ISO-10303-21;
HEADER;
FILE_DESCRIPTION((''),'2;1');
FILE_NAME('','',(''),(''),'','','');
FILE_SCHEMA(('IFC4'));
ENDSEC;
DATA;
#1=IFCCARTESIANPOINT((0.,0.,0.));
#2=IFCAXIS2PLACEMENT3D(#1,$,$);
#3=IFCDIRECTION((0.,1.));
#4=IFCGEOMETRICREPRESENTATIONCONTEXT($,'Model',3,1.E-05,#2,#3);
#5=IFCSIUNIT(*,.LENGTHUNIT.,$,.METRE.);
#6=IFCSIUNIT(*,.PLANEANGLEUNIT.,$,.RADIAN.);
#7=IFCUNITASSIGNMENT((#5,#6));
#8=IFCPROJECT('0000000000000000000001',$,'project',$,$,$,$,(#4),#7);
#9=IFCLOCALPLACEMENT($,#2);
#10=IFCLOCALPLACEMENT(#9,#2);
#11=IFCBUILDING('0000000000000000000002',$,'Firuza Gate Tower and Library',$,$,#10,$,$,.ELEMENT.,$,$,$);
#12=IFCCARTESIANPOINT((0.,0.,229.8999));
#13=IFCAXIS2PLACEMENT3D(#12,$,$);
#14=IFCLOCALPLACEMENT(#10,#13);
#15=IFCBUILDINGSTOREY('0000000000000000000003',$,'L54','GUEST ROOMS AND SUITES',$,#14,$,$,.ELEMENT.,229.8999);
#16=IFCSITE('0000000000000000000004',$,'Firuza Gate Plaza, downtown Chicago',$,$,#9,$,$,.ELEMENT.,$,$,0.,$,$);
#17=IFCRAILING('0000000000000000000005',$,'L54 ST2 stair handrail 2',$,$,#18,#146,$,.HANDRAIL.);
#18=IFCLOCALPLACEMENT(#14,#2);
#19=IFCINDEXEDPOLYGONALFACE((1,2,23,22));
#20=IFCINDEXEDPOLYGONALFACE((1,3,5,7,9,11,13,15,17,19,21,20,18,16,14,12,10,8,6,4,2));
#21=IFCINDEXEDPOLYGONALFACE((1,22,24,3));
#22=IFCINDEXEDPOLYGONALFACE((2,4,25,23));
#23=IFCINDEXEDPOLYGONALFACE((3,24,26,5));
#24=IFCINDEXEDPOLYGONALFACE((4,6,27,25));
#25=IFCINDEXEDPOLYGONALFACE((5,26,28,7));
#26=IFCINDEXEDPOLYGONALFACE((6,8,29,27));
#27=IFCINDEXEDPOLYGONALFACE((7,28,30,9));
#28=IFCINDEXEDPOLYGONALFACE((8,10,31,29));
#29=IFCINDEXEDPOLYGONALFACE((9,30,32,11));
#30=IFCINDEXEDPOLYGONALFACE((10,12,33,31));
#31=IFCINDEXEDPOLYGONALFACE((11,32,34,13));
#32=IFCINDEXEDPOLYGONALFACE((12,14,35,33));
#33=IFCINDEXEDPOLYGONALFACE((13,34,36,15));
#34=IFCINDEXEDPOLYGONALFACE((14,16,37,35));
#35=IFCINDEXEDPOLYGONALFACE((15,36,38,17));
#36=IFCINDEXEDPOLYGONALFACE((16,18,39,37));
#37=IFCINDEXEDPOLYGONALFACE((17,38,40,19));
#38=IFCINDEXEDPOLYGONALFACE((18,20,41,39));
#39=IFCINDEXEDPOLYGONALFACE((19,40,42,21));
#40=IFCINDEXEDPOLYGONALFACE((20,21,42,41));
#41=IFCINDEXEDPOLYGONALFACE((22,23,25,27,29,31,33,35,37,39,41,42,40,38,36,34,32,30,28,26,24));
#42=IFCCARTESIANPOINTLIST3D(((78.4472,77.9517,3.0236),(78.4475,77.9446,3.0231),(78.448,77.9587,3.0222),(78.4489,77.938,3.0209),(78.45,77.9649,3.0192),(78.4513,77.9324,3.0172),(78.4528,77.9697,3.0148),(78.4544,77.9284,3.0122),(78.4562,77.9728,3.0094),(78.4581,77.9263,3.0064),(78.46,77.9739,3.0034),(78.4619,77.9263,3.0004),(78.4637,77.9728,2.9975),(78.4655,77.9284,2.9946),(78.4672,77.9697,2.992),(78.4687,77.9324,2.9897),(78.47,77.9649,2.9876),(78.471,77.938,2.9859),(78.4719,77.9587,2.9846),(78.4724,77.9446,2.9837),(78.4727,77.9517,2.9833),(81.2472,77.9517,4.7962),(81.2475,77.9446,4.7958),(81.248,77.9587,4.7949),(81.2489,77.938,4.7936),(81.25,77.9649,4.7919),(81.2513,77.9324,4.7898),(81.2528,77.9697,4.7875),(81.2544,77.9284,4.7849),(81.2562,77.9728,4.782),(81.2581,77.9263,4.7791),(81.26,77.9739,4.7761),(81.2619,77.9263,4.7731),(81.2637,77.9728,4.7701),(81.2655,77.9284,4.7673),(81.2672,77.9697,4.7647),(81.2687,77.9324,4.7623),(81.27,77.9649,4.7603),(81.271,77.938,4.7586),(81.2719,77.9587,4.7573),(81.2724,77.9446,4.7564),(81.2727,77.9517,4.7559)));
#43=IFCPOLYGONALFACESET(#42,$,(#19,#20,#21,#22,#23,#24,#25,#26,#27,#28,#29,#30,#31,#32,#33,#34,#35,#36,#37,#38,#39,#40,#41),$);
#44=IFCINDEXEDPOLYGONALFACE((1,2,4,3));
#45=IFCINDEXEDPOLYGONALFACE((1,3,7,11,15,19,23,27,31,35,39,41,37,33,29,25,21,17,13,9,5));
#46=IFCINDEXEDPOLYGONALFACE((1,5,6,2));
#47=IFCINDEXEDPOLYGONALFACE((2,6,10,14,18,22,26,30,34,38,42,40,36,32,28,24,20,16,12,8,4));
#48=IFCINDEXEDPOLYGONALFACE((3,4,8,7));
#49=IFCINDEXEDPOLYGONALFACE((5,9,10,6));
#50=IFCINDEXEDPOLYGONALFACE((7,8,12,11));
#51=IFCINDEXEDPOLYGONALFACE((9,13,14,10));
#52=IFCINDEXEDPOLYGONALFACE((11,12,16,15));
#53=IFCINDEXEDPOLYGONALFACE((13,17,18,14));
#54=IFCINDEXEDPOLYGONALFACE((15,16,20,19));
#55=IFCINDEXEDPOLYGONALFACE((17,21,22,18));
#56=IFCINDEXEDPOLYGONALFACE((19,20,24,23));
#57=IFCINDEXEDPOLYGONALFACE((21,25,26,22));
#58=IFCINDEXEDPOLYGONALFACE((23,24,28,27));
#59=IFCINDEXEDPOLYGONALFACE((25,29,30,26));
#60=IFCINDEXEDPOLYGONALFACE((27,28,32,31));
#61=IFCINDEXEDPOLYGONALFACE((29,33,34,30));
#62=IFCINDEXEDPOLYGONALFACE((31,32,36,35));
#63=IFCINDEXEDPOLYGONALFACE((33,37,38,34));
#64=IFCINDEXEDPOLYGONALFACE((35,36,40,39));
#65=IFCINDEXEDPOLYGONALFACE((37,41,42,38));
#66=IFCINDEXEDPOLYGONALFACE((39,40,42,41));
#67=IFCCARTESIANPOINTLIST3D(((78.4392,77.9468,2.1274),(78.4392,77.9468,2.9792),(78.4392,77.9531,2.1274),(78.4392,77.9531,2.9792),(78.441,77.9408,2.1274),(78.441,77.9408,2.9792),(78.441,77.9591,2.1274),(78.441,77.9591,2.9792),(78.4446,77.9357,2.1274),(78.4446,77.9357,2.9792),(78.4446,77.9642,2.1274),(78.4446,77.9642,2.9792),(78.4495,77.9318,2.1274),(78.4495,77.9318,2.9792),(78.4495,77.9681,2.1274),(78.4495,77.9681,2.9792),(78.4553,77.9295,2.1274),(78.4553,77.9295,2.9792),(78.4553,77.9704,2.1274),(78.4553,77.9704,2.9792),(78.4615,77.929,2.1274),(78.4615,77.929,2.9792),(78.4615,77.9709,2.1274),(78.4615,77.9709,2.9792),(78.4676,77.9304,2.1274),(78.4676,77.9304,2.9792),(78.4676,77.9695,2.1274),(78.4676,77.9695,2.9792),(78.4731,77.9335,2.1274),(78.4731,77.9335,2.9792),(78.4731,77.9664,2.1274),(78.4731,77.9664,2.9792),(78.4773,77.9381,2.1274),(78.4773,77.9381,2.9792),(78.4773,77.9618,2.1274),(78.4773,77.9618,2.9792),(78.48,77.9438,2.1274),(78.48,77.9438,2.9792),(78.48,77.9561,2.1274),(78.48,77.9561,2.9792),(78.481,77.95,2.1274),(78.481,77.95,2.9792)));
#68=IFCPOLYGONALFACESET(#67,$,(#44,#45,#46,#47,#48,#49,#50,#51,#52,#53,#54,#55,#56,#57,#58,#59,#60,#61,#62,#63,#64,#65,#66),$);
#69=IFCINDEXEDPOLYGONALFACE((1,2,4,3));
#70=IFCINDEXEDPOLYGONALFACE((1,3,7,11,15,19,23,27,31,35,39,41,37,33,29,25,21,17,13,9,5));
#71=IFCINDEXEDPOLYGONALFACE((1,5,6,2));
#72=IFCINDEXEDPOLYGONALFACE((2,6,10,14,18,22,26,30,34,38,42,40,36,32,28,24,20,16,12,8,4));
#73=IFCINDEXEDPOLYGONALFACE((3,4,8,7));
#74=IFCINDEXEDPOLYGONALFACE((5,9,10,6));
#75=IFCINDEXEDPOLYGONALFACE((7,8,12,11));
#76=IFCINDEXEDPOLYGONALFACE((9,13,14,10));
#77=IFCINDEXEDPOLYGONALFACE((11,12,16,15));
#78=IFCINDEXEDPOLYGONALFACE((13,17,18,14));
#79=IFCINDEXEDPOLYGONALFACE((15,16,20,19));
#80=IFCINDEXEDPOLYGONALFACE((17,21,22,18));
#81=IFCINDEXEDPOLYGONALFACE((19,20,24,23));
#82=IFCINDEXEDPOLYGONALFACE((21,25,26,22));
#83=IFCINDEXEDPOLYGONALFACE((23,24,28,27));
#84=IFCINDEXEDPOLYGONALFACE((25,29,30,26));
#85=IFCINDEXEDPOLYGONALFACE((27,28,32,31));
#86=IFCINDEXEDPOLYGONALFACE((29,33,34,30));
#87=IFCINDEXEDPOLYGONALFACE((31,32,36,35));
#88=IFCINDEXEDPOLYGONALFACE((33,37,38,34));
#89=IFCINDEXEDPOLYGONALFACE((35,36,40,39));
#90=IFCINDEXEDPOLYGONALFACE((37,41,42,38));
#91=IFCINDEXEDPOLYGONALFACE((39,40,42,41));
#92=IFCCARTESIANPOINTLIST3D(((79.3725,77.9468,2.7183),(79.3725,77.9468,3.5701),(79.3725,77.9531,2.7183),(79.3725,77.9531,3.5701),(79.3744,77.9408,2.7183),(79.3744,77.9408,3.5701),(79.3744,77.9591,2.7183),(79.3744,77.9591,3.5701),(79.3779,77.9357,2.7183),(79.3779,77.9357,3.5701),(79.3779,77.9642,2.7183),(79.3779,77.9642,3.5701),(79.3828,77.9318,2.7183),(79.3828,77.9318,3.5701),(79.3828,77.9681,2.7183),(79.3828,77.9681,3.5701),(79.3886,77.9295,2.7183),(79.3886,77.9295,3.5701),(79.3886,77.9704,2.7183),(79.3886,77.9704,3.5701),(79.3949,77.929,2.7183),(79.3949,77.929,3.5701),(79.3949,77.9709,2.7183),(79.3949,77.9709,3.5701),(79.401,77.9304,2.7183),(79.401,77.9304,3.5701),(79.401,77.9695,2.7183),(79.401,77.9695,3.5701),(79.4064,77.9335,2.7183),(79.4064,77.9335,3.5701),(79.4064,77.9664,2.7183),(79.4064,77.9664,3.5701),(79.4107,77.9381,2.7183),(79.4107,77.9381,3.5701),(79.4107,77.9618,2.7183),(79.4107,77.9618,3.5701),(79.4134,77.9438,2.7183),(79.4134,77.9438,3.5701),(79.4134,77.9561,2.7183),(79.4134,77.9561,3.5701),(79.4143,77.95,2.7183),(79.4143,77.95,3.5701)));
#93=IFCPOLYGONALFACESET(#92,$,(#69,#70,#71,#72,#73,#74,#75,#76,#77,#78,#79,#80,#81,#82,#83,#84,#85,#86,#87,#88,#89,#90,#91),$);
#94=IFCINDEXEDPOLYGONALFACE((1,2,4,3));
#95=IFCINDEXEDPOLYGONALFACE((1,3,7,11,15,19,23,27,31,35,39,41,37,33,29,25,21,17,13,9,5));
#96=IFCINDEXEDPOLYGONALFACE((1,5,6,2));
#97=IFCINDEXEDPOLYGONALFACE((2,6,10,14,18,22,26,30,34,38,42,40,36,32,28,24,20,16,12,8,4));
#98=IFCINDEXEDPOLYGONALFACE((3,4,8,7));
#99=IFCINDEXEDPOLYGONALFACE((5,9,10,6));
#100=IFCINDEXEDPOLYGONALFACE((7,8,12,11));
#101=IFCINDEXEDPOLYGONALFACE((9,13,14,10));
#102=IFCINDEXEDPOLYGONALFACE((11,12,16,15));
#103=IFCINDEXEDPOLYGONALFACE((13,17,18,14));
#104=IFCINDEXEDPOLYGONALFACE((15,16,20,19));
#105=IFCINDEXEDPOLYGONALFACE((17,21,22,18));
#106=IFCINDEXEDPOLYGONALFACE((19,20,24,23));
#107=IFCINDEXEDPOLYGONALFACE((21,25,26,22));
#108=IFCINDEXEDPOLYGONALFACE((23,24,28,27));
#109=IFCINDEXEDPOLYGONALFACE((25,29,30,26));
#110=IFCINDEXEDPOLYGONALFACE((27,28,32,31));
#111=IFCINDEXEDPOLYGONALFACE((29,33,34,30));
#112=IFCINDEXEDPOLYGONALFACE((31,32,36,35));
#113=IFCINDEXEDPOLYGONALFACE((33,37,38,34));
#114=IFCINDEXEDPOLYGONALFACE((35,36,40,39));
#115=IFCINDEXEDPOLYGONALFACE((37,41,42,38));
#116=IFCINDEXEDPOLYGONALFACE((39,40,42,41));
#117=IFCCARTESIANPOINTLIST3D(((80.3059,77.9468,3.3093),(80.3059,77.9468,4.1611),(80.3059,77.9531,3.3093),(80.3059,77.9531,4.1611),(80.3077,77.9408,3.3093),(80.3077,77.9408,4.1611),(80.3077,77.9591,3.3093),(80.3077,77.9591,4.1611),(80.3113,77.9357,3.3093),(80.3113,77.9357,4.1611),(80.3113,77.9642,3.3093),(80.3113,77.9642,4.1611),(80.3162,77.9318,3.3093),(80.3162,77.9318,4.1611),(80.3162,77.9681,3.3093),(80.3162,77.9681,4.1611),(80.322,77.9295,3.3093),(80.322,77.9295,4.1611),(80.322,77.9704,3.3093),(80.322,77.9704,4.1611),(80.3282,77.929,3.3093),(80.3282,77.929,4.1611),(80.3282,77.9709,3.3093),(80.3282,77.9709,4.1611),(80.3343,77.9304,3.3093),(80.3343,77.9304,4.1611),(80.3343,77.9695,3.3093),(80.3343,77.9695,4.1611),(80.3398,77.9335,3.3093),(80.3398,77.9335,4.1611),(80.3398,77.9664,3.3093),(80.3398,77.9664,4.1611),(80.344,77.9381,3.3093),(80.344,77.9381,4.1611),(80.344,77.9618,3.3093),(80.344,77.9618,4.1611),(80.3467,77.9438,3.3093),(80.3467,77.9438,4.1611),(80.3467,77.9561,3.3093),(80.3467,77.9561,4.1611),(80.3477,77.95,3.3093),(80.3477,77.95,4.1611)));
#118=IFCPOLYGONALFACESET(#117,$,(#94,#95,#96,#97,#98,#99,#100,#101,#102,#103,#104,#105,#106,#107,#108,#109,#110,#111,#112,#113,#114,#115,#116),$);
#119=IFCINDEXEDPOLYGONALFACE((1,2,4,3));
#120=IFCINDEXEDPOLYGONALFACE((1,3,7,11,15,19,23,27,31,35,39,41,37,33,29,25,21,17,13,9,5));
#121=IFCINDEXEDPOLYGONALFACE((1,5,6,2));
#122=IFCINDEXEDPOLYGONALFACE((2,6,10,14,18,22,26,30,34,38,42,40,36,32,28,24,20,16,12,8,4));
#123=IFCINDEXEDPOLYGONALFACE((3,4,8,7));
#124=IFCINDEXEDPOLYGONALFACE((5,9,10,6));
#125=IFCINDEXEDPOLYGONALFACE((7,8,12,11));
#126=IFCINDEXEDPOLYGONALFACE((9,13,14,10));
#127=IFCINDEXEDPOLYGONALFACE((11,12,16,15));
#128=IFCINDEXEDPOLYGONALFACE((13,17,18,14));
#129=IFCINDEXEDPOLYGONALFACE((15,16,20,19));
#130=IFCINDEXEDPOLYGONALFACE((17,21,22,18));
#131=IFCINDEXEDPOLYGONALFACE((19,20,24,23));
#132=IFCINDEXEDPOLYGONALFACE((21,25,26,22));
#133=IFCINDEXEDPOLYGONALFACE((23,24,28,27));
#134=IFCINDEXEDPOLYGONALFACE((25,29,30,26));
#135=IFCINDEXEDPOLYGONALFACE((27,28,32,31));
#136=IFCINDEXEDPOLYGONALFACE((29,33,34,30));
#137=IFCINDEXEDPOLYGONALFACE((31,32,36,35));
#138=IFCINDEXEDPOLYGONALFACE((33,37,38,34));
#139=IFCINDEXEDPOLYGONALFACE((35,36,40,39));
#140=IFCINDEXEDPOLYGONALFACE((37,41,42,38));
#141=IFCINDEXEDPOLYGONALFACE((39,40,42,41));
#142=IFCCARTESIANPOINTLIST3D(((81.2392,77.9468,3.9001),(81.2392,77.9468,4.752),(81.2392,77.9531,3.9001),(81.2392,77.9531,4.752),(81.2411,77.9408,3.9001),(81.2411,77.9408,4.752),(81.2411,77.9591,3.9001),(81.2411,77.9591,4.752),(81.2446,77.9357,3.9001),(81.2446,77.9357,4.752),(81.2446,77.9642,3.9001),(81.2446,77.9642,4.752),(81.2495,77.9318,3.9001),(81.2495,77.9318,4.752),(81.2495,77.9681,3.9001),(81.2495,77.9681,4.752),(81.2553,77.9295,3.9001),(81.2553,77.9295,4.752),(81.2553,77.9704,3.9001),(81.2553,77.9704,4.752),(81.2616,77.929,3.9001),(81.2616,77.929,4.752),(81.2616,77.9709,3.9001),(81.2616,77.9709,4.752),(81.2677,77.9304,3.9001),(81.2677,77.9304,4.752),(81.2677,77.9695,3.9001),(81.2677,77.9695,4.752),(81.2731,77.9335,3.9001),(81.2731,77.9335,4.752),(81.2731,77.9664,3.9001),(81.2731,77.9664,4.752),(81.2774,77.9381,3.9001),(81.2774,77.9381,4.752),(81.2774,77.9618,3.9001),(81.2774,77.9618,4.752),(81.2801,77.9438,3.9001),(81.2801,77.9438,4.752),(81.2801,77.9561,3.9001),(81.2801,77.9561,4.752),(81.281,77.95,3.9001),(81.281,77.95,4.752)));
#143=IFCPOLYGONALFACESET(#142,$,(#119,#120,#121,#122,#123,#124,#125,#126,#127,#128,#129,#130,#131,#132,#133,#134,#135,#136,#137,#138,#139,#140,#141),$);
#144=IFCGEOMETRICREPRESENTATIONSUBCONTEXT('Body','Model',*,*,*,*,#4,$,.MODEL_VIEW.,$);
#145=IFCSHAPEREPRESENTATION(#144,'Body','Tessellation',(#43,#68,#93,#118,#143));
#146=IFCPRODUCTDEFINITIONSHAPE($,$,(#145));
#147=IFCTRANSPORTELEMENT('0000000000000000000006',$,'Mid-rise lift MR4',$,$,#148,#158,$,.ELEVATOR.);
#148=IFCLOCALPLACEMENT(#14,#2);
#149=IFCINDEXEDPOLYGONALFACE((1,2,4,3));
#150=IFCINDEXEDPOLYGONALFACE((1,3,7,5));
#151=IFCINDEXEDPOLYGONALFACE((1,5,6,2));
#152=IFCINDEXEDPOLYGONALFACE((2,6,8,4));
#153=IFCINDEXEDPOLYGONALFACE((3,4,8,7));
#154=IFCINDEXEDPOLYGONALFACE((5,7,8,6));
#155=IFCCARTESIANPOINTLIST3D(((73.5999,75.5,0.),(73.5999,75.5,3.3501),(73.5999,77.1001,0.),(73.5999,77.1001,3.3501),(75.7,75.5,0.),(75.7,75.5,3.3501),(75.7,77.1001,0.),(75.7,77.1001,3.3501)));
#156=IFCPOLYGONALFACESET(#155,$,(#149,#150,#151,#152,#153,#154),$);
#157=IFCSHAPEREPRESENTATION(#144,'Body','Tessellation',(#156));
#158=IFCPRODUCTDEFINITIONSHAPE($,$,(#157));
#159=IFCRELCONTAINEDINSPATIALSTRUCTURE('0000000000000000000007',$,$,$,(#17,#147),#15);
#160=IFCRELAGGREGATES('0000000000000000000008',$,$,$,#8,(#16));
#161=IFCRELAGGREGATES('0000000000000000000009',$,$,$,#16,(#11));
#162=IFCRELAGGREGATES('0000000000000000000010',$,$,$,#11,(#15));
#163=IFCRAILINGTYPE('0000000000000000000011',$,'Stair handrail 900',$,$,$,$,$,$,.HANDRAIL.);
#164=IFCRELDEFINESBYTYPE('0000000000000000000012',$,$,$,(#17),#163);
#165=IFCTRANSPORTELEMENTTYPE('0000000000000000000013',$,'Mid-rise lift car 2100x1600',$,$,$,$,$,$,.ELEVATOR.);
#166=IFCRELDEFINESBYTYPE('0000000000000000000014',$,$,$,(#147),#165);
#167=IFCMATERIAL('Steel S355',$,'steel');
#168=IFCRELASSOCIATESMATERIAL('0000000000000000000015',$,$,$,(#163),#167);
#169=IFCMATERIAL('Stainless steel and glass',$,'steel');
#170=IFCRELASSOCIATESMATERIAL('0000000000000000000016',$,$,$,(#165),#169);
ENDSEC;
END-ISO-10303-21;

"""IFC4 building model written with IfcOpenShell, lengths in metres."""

from ifc_helpers import new_model, si_unit, direction, frame, origin, origin_2d, place, context, subcontext, project, spatial, rectangle, circle, extrude, material, type_object, element, save


model = new_model("IFC4")

# Units and contexts
model_context = context("Model", 3, precision=1e-05, world=origin(), true_north=direction((0.0, 1.0)))
body_context = subcontext(model_context, "Body", "Model", "MODEL_VIEW")
ifc_project = project(units=[si_unit("LENGTHUNIT", "METRE"), si_unit("PLANEANGLEUNIT", "RADIAN")], contexts=[model_context])

# Site, building, storey
site_placement = place(None, origin())
site = spatial("IfcSite", under=ifc_project, at=site_placement, Name="Firuza Gate Plaza, downtown Chicago", CompositionType="ELEMENT", RefElevation=0.0)
building_placement = place(site_placement, origin())
building = spatial("IfcBuilding", under=site, at=building_placement, Name="Firuza Gate Tower and Library", CompositionType="ELEMENT")
storey_placement = place(building_placement, frame((0.0, 0.0, 229.8999)))
storey = spatial("IfcBuildingStorey", under=building, at=storey_placement, Name="L54", Description="GUEST ROOMS AND SUITES", CompositionType="ELEMENT", Elevation=229.8999)

# Railing
ifc_material_1 = material(Name="Steel S355", Category="steel")
railing_type_1 = type_object("IfcRailingType", Name="Stair handrail 900", PredefinedType="HANDRAIL", material=ifc_material_1)
railing_1_placement = place(storey_placement, frame((78.46, 77.95, 2.1274)))
element("IfcRailing", 1, at=railing_1_placement, inside=storey, type_object=railing_type_1, Name="L54 ST2 stair handrail 2", PredefinedType="HANDRAIL", context=body_context, shape_type="SweptSolid", body=[
    extrude(circle(Radius=0.0239, at=origin_2d()), frame((0.0, 0.0, 0.876), z_axis=(0.844909, 0.0, 0.53491), x_axis=(0.0, 1.0, 0.0)), (0.0, 0.0, 1.0), 3.314),
    extrude(circle(Radius=0.021, at=origin_2d()), origin(), (0.0, 0.0, 1.0), 0.8518),
    extrude(circle(Radius=0.021, at=origin_2d()), frame((0.9333, 0.0, 0.5908)), (0.0, 0.0, 1.0), 0.8518),
    extrude(circle(Radius=0.021, at=origin_2d()), frame((1.8667, 0.0, 1.1819)), (0.0, 0.0, 1.0), 0.8518),
    extrude(circle(Radius=0.021, at=origin_2d()), frame((2.8, 0.0, 1.7727)), (0.0, 0.0, 1.0), 0.8518),
])

# Transport element
ifc_material_2 = material(Name="Stainless steel and glass", Category="steel")
transport_element_type = type_object("IfcTransportElementType", Name="Mid-rise lift car 2100x1600", PredefinedType="ELEVATOR", material=ifc_material_2)
transport_element_placement = place(storey_placement, frame((74.6499, 76.3, 0.0), z_axis=(0.0, 0.0, 1.0), x_axis=(1.0, 0.0, 0.0)))
element("IfcTransportElement", 2, at=transport_element_placement, inside=storey, type_object=transport_element_type, Name="Mid-rise lift MR4", PredefinedType="ELEVATOR", context=body_context, shape_type="SweptSolid", body=[
    extrude(rectangle(XDim=2.1001, YDim=1.6001, at=origin_2d()), origin(), (0.0, 0.0, 1.0), 3.3501),
])

save(model, "model.ifc")
